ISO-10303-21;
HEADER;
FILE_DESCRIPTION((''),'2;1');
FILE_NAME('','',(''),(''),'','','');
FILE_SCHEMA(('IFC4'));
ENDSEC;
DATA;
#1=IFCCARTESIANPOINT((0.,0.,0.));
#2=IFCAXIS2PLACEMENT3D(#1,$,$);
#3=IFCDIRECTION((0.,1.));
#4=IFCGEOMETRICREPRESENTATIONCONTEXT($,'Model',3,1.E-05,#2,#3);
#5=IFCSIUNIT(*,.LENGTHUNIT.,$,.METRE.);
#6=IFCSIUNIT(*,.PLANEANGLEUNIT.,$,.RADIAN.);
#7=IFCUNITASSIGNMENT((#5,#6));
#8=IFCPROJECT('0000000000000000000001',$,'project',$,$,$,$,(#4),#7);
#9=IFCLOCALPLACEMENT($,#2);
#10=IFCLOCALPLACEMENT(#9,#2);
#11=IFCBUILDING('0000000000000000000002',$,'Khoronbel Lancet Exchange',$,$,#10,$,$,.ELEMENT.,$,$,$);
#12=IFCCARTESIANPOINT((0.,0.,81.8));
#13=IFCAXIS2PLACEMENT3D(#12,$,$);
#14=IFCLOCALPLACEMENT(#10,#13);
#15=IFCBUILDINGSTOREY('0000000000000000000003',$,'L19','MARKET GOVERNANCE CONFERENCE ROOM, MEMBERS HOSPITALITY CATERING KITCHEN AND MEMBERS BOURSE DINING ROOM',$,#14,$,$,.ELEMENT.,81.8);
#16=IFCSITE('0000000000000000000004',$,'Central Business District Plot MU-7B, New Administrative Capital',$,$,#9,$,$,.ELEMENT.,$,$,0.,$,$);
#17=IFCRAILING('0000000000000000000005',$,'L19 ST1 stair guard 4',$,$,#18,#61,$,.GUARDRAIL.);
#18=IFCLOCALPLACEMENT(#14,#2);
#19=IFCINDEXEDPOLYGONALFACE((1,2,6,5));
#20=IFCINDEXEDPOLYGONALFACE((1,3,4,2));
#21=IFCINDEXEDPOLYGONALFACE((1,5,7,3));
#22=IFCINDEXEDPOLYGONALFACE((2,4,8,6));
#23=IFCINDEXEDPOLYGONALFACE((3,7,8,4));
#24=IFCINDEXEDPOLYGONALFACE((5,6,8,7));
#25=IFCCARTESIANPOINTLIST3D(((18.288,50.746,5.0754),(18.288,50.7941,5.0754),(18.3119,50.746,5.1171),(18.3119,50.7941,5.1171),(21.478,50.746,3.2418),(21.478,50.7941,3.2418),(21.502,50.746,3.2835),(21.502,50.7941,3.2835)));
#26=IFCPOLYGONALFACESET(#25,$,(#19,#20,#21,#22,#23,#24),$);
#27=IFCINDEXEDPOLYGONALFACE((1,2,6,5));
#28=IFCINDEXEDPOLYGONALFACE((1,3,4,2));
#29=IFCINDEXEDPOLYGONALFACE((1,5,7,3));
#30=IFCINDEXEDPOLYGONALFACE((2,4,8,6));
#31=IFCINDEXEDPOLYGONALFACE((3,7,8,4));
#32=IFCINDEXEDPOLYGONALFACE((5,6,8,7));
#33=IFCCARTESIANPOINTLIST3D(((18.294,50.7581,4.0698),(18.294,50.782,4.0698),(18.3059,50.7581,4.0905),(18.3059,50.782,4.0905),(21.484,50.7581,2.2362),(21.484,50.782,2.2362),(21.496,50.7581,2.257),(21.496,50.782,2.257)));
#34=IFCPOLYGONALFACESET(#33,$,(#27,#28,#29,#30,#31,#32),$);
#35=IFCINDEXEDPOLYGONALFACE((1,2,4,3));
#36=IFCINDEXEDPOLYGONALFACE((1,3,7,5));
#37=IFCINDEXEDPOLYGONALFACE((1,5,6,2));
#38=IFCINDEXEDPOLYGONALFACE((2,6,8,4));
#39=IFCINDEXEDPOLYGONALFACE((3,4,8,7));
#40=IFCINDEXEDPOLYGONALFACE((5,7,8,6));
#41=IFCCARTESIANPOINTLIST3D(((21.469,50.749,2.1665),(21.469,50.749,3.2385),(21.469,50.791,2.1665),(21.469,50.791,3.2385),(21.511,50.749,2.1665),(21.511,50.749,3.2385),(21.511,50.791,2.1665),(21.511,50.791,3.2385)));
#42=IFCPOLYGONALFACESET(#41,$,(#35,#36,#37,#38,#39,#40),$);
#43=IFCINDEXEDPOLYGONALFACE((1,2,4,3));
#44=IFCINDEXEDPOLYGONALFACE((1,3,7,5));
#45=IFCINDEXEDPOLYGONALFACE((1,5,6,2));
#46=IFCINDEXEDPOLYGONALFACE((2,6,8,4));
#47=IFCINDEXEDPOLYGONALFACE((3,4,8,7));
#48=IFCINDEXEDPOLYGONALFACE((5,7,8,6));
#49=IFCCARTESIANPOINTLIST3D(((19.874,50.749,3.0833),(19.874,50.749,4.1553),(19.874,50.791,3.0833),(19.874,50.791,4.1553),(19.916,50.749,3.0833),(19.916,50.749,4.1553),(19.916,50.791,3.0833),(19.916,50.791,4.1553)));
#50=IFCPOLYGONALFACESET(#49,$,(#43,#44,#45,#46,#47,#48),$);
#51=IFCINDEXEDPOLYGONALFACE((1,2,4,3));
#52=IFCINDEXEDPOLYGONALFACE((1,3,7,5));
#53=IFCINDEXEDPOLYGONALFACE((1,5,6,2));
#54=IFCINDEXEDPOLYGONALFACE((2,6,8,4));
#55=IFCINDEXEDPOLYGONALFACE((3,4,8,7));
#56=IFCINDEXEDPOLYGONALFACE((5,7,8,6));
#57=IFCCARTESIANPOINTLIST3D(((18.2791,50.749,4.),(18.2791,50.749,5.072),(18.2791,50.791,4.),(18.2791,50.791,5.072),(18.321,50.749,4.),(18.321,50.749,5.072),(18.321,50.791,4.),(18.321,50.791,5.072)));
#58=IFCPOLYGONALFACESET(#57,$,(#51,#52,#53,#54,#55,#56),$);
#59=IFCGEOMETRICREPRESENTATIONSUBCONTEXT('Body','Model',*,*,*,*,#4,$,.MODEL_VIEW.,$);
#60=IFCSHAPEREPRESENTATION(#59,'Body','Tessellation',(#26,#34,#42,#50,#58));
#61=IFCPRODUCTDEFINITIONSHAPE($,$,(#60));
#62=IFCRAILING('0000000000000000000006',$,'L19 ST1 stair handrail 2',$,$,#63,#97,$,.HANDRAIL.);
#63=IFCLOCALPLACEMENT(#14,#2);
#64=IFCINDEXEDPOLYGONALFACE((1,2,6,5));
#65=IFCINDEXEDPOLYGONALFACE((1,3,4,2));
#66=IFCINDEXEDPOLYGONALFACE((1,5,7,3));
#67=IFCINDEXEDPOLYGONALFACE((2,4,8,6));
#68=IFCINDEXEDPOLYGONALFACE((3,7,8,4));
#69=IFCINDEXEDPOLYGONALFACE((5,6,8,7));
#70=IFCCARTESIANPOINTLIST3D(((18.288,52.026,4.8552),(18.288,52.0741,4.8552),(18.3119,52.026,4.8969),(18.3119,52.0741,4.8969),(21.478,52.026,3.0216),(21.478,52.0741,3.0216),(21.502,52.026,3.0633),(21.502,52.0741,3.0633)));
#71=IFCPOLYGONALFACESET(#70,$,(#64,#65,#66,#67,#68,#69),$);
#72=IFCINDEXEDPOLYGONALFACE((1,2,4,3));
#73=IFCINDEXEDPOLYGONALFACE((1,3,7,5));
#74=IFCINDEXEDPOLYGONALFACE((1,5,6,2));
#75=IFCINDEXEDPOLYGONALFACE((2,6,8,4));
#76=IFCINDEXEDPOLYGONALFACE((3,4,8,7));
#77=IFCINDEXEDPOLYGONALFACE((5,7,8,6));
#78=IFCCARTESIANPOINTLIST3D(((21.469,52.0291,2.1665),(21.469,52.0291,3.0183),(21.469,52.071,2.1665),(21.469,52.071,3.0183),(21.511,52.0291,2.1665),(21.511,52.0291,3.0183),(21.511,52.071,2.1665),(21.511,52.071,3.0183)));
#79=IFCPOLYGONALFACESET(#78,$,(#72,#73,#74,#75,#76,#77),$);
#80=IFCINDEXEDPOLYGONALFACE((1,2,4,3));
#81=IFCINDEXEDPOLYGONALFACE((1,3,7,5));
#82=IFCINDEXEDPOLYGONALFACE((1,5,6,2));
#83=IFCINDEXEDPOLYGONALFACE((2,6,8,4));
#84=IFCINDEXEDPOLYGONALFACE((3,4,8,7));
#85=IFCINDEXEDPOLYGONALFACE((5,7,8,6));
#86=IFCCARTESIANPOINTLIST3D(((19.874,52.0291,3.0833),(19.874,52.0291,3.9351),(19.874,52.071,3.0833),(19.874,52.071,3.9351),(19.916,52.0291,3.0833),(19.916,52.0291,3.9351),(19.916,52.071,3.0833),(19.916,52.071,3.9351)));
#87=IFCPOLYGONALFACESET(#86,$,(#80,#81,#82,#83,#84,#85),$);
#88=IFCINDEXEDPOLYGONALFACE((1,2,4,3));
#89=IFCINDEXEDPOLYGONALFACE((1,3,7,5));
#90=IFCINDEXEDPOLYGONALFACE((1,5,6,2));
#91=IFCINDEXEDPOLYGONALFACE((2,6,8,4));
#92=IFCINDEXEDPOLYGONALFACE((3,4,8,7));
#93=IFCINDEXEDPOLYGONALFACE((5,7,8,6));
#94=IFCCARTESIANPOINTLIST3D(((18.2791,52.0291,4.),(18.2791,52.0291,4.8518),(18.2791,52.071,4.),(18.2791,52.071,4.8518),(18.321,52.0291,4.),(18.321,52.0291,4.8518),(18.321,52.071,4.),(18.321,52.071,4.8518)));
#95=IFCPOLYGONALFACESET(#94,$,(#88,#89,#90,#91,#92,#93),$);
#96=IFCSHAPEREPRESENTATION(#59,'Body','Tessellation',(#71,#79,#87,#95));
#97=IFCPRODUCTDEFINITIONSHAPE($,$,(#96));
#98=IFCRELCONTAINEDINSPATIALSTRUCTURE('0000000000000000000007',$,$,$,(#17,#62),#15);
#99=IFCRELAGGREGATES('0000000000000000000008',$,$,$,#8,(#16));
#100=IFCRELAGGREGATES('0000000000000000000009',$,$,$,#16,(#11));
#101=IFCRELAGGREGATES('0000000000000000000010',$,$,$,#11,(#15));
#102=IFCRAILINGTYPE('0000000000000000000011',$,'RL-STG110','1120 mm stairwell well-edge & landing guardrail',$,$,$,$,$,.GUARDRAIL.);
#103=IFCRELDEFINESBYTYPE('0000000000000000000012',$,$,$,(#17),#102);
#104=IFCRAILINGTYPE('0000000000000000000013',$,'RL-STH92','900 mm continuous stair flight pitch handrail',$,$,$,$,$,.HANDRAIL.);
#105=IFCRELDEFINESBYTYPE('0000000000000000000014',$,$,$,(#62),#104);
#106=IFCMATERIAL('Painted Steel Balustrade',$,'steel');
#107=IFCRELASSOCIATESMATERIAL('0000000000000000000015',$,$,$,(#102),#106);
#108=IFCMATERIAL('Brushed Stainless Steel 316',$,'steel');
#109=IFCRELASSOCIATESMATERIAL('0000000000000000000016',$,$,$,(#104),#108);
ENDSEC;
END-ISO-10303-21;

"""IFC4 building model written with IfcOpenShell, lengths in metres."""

from ifc_helpers import new_model, si_unit, direction, frame, origin, origin_2d, place, context, subcontext, project, spatial, rectangle, extrude, material, type_object, element, save


model = new_model("IFC4")

# Units and contexts
model_context = context("Model", 3, precision=1e-05, world=origin(), true_north=direction((0.0, 1.0)))
body_context = subcontext(model_context, "Body", "Model", "MODEL_VIEW")
ifc_project = project(units=[si_unit("LENGTHUNIT", "METRE"), si_unit("PLANEANGLEUNIT", "RADIAN")], contexts=[model_context])

# Site, building, storey
site_placement = place(None, origin())
site = spatial("IfcSite", under=ifc_project, at=site_placement, Name="Central Business District Plot MU-7B, New Administrative Capital", CompositionType="ELEMENT", RefElevation=0.0)
building_placement = place(site_placement, origin())
building = spatial("IfcBuilding", under=site, at=building_placement, Name="Khoronbel Lancet Exchange", CompositionType="ELEMENT")
storey_placement = place(building_placement, frame((0.0, 0.0, 81.8)))
storey = spatial("IfcBuildingStorey", under=building, at=storey_placement, Name="L19", Description="MARKET GOVERNANCE CONFERENCE ROOM, MEMBERS HOSPITALITY CATERING KITCHEN AND MEMBERS BOURSE DINING ROOM", CompositionType="ELEMENT", Elevation=81.8)

# Railings
ifc_material_1 = material(Name="Painted Steel Balustrade", Category="steel")
railing_type_1 = type_object("IfcRailingType", Name="RL-STG110", Description="1120 mm stairwell well-edge & landing guardrail", PredefinedType="GUARDRAIL", material=ifc_material_1)
railing_1_placement = place(storey_placement, frame((21.49, 50.77, 2.1665)))
element("IfcRailing", 1, at=railing_1_placement, inside=storey, type_object=railing_type_1, Name="L19 ST1 stair guard 4", PredefinedType="GUARDRAIL", context=body_context, shape_type="SweptSolid", body=[
    extrude(rectangle(XDim=0.0481, YDim=0.0481, at=origin_2d()), frame((0.0, 0.0, 1.0962), z_axis=(-0.866991, 0.0, 0.498324), x_axis=(0.0, -1.0, 0.0)), (0.0, 0.0, 1.0), 3.6794),
    extrude(rectangle(XDim=0.0239, YDim=0.0239, at=origin_2d()), frame((0.0, 0.0, 0.0801), z_axis=(-0.866991, 0.0, 0.498324), x_axis=(0.0, -1.0, 0.0)), (0.0, 0.0, 1.0), 3.6794),
    extrude(rectangle(XDim=0.042, YDim=0.042, at=origin_2d()), origin(), (0.0, 0.0, 1.0), 1.072),
    extrude(rectangle(XDim=0.042, YDim=0.042, at=origin_2d()), frame((-1.595, 0.0, 0.9167)), (0.0, 0.0, 1.0), 1.072),
    extrude(rectangle(XDim=0.042, YDim=0.042, at=origin_2d()), frame((-3.1899, 0.0, 1.8335)), (0.0, 0.0, 1.0), 1.072),
])
ifc_material_2 = material(Name="Brushed Stainless Steel 316", Category="steel")
railing_type_2 = type_object("IfcRailingType", Name="RL-STH92", Description="900 mm continuous stair flight pitch handrail", PredefinedType="HANDRAIL", material=ifc_material_2)
railing_2_placement = place(storey_placement, frame((21.49, 52.05, 2.1665)))
element("IfcRailing", 2, at=railing_2_placement, inside=storey, type_object=railing_type_2, Name="L19 ST1 stair handrail 2", PredefinedType="HANDRAIL", context=body_context, shape_type="SweptSolid", body=[
    extrude(rectangle(XDim=0.0481, YDim=0.0481, at=origin_2d()), frame((0.0, 0.0, 0.876), z_axis=(-0.866991, 0.0, 0.498324), x_axis=(0.0, -1.0, 0.0)), (0.0, 0.0, 1.0), 3.6794),
    extrude(rectangle(XDim=0.042, YDim=0.042, at=origin_2d()), origin(), (0.0, 0.0, 1.0), 0.8518),
    extrude(rectangle(XDim=0.042, YDim=0.042, at=origin_2d()), frame((-1.595, 0.0, 0.9167)), (0.0, 0.0, 1.0), 0.8518),
    extrude(rectangle(XDim=0.042, YDim=0.042, at=origin_2d()), frame((-3.1899, 0.0, 1.8335)), (0.0, 0.0, 1.0), 0.8518),
])

save(model, "model.ifc")
